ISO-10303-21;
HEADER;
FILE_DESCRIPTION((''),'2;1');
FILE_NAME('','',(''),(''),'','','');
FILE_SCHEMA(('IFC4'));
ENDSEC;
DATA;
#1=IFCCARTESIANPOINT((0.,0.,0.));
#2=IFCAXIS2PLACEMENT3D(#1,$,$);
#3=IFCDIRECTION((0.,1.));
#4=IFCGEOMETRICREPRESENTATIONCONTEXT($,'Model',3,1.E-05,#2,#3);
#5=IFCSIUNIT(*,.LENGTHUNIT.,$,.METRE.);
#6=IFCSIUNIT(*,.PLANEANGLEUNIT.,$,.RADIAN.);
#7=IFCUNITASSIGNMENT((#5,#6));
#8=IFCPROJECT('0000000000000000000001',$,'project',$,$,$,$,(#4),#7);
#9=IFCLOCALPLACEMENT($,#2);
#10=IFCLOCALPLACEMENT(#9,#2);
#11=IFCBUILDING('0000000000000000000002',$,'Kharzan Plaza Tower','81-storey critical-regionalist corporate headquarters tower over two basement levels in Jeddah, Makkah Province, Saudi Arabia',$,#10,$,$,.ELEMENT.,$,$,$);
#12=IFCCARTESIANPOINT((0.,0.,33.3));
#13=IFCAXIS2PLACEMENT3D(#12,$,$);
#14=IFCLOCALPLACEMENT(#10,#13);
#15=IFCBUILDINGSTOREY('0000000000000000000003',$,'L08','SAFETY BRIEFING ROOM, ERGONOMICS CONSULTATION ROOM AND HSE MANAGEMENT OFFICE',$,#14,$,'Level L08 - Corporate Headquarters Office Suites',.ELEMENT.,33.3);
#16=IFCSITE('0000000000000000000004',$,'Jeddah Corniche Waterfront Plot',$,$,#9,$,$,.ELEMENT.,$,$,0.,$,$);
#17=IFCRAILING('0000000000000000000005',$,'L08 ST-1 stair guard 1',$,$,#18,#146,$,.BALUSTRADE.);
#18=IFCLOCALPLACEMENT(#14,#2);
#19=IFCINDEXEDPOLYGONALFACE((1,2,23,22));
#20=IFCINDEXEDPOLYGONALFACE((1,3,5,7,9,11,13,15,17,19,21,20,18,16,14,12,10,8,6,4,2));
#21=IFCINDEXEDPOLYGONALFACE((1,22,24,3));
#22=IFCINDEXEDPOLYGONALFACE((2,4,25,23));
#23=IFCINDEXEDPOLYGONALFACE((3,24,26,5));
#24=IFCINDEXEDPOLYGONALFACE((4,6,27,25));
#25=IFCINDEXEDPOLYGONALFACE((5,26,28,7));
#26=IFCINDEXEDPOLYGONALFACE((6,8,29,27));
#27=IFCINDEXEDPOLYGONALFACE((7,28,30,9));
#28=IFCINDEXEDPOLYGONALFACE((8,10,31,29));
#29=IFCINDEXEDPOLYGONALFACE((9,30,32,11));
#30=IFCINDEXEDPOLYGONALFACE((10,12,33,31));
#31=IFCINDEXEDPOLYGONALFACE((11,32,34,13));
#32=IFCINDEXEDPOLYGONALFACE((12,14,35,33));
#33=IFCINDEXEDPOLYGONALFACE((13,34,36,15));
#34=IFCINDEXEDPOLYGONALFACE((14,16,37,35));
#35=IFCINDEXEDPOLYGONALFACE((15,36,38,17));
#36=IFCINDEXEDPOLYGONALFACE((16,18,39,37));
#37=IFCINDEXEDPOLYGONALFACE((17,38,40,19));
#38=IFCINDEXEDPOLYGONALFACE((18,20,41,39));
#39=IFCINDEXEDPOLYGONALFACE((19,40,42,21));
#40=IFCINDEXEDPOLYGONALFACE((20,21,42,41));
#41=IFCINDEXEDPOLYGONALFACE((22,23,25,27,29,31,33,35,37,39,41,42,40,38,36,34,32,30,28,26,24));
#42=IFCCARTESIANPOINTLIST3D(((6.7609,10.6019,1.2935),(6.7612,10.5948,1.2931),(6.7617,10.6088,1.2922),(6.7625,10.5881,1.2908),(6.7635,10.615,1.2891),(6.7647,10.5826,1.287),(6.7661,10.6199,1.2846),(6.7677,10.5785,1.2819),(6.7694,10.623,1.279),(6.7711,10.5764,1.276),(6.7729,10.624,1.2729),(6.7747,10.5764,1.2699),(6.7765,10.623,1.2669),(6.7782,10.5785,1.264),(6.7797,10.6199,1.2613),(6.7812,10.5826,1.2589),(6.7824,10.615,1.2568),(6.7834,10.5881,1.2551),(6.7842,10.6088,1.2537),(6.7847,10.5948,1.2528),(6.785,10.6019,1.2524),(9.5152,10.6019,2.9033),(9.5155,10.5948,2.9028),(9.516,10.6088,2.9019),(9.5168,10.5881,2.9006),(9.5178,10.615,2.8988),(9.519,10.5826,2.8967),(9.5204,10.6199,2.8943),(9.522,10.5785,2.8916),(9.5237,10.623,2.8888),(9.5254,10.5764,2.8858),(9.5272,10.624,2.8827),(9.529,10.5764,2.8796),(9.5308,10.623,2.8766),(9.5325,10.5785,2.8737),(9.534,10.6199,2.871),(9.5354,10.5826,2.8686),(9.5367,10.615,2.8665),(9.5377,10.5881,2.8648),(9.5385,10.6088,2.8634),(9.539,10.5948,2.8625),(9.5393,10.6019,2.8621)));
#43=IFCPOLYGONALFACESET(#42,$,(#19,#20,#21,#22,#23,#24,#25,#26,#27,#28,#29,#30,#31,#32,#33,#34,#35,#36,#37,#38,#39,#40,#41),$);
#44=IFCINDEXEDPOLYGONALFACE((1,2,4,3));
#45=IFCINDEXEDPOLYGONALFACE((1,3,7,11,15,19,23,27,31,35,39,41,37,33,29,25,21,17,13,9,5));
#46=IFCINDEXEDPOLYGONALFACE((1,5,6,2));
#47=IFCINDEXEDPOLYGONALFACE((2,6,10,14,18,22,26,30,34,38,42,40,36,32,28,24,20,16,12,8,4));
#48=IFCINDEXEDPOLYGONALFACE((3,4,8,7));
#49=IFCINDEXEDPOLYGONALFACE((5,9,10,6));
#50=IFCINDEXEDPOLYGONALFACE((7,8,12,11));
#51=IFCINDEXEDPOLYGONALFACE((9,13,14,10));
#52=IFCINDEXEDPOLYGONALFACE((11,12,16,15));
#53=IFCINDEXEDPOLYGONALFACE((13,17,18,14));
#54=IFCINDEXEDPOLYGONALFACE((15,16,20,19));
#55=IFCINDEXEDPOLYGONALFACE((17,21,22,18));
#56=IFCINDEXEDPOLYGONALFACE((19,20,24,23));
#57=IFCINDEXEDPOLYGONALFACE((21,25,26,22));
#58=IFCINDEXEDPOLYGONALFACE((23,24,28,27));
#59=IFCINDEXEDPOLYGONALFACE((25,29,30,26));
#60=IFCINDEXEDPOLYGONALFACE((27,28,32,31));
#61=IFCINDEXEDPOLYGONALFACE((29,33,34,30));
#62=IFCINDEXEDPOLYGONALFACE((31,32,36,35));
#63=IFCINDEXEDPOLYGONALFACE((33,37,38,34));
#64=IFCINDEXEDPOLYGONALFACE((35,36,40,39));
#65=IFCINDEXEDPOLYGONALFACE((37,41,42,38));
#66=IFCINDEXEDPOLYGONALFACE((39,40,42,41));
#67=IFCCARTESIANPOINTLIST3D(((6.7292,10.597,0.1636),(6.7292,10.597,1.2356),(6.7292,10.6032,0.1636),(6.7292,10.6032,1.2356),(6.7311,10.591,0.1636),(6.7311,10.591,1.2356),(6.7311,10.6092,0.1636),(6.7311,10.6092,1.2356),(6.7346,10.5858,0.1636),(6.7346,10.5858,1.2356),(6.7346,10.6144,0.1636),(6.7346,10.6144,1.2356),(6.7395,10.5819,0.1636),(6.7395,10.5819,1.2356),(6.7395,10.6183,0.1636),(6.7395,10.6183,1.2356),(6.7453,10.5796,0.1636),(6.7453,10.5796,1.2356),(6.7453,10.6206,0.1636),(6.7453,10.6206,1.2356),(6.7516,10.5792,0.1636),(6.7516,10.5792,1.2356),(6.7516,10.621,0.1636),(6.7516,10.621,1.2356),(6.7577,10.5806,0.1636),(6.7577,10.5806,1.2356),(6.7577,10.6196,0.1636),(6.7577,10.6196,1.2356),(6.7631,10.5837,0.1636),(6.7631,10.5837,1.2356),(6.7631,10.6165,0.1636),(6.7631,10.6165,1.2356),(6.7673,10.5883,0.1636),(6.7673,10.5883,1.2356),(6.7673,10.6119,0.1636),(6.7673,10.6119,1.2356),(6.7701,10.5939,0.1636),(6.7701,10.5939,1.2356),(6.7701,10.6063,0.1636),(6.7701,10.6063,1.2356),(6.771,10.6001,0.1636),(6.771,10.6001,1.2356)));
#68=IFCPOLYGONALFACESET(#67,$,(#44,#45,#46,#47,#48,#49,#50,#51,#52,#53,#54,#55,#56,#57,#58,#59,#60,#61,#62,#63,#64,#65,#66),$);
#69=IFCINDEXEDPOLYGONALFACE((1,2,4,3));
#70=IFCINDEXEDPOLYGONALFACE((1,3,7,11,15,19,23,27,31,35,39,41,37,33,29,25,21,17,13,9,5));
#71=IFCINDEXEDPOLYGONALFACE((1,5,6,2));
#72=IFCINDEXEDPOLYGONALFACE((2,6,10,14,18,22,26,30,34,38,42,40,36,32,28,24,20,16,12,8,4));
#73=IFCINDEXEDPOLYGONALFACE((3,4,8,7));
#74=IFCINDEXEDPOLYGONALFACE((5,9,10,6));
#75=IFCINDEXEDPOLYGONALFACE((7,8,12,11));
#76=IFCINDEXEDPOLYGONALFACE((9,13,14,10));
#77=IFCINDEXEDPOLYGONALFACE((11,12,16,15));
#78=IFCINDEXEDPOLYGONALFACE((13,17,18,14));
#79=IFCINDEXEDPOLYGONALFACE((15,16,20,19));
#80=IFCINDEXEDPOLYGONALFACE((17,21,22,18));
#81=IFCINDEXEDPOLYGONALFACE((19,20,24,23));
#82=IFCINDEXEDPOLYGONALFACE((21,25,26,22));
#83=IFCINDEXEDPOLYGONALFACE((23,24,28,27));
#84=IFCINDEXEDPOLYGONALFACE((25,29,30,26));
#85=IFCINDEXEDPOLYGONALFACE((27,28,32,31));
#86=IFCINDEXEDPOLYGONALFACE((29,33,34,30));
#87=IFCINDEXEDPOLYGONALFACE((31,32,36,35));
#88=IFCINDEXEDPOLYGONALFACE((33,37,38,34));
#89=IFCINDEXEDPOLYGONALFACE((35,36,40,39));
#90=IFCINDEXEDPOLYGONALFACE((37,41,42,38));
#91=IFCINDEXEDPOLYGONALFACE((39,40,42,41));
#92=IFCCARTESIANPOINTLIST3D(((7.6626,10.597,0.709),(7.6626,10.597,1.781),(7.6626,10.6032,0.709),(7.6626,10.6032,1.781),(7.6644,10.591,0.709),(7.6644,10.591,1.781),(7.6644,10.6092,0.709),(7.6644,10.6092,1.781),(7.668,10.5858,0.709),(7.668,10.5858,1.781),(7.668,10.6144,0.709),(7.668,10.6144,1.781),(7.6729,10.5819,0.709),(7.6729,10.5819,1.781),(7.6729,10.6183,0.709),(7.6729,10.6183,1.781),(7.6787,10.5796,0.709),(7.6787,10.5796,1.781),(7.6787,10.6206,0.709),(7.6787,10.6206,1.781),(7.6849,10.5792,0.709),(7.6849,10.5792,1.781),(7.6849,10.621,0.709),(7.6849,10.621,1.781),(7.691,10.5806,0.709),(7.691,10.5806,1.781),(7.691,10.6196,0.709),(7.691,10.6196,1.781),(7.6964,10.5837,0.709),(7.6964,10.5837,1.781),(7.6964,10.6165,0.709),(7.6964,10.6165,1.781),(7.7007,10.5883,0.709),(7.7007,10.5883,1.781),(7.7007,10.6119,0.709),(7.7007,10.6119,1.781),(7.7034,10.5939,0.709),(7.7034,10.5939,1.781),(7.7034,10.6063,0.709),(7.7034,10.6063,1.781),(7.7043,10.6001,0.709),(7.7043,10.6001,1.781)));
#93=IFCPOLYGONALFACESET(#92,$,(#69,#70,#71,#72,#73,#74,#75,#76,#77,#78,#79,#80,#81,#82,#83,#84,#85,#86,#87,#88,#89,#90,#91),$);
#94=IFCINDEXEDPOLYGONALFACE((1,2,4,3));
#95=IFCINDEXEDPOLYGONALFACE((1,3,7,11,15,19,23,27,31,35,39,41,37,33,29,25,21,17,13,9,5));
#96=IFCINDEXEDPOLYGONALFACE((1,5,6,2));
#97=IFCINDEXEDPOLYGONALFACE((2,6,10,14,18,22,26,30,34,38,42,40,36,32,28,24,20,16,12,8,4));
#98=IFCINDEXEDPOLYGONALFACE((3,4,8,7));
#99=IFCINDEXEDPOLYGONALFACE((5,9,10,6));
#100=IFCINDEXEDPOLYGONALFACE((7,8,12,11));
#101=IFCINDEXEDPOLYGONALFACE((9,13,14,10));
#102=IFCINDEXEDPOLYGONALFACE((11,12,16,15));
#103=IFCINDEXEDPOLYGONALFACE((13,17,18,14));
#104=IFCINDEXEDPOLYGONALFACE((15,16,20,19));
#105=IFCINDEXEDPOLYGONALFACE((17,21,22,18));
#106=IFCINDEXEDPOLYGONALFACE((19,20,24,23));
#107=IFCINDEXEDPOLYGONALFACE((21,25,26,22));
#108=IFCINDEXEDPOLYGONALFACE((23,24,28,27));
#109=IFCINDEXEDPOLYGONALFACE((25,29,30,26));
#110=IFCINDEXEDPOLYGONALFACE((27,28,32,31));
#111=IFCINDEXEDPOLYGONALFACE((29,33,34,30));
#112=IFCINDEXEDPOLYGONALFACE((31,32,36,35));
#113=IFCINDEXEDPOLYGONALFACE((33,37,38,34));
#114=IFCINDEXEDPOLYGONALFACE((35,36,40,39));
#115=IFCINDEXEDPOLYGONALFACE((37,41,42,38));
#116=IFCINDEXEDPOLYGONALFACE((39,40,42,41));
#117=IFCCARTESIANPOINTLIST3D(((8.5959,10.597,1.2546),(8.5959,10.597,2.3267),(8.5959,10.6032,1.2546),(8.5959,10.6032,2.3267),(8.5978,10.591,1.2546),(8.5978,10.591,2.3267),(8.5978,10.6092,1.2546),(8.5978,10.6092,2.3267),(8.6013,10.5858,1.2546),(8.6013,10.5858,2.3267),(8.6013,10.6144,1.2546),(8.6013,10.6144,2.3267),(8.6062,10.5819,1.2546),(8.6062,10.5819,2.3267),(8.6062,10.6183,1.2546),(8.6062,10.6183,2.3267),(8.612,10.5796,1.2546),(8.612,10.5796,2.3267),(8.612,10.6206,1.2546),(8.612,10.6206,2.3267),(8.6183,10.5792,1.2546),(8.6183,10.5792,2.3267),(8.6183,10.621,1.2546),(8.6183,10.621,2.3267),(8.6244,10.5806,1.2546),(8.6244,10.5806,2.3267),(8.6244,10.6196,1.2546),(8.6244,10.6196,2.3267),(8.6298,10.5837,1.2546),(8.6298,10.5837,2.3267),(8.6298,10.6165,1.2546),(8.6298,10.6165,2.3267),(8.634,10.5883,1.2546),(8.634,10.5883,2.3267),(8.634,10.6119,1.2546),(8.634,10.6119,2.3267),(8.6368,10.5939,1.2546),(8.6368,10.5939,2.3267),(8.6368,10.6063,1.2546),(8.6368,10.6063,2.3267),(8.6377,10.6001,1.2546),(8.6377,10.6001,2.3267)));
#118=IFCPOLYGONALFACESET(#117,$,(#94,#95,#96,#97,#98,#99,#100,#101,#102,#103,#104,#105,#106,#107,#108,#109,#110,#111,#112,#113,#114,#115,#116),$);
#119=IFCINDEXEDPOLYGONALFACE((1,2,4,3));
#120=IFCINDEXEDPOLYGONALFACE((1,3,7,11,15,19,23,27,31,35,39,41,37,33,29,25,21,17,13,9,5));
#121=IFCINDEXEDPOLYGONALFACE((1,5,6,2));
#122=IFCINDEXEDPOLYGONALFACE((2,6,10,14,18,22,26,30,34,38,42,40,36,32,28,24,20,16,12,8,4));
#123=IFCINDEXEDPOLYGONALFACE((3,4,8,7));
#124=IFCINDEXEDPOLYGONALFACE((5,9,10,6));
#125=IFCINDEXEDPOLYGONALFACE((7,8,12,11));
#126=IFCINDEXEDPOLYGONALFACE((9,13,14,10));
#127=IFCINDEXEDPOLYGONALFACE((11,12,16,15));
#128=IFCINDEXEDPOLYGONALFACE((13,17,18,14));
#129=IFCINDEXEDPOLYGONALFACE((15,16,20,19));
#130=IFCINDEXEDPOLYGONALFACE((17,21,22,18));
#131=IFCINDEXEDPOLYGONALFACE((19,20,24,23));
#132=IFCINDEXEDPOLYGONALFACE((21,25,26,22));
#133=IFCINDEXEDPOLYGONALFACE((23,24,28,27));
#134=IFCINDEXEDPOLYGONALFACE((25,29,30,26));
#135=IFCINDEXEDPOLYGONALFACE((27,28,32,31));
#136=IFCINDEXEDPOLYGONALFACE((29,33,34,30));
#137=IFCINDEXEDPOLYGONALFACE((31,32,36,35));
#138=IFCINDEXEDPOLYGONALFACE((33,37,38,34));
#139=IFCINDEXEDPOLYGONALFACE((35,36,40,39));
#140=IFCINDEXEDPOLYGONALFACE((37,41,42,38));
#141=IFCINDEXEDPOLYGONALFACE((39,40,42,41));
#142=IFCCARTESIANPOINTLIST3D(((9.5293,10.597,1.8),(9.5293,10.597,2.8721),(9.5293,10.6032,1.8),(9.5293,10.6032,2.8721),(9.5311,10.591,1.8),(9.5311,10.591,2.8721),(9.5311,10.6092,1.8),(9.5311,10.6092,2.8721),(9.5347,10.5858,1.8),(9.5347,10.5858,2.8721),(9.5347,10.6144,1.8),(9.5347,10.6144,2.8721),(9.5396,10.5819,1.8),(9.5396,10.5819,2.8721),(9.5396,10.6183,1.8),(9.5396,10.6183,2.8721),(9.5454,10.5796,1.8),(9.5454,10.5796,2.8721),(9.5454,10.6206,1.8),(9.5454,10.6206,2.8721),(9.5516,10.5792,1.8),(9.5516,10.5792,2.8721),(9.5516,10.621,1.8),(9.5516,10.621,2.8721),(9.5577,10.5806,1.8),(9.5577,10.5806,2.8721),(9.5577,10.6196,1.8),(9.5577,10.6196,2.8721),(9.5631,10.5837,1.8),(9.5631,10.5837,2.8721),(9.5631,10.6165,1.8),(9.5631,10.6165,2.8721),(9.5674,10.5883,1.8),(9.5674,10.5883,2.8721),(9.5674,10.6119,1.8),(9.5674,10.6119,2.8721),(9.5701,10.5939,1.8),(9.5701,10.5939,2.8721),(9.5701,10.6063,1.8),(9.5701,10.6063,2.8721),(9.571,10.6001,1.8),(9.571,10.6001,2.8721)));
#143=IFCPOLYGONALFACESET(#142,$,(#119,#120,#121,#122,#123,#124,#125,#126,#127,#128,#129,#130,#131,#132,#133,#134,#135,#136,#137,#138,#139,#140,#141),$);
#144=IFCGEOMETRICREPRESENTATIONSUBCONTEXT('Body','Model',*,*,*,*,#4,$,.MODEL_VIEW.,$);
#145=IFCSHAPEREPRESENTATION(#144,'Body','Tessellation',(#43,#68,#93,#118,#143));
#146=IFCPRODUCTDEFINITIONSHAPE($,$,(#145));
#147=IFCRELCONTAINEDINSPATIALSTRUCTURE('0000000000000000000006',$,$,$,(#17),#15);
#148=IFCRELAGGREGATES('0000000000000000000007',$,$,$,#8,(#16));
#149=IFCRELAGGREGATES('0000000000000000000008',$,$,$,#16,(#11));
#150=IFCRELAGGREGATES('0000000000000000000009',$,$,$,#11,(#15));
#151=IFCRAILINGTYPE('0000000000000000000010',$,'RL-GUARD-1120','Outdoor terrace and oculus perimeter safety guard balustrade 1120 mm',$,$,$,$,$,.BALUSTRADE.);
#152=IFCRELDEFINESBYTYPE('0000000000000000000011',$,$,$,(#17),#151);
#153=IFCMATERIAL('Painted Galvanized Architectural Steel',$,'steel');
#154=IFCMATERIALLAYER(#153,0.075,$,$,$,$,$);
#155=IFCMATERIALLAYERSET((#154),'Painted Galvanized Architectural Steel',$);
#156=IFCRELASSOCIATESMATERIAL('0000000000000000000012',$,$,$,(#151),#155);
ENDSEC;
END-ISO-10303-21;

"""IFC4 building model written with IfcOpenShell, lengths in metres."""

from ifc_helpers import new_model, si_unit, direction, frame, origin, origin_2d, place, context, subcontext, project, spatial, circle, extrude, source, transform, mapped, material, layer, layer_set, type_object, element, save


model = new_model("IFC4")

# Units and contexts
model_context = context("Model", 3, precision=1e-05, world=origin(), true_north=direction((0.0, 1.0)))
body_context = subcontext(model_context, "Body", "Model", "MODEL_VIEW")
ifc_project = project(units=[si_unit("LENGTHUNIT", "METRE"), si_unit("PLANEANGLEUNIT", "RADIAN")], contexts=[model_context])

# Site, building, storey
site_placement = place(None, origin())
site = spatial("IfcSite", under=ifc_project, at=site_placement, Name="Jeddah Corniche Waterfront Plot", CompositionType="ELEMENT", RefElevation=0.0)
building_placement = place(site_placement, origin())
building = spatial("IfcBuilding", under=site, at=building_placement, Name="Kharzan Plaza Tower", Description="81-storey critical-regionalist corporate headquarters tower over two basement levels in Jeddah, Makkah Province, Saudi Arabia", CompositionType="ELEMENT")
storey_placement = place(building_placement, frame((0.0, 0.0, 33.3)))
storey = spatial("IfcBuildingStorey", under=building, at=storey_placement, Name="L08", Description="SAFETY BRIEFING ROOM, ERGONOMICS CONSULTATION ROOM AND HSE MANAGEMENT OFFICE", LongName="Level L08 - Corporate Headquarters Office Suites", CompositionType="ELEMENT", Elevation=33.3)

# Railing
ifc_material_1 = material(Name="Painted Galvanized Architectural Steel", Category="steel")
ifc_layer_1 = layer(ifc_material_1, 0.075)
ifc_layer_set_1 = layer_set([ifc_layer_1], Name="Painted Galvanized Architectural Steel")
railing_type_1 = type_object("IfcRailingType", Name="RL-GUARD-1120", Description="Outdoor terrace and oculus perimeter safety guard balustrade 1120 mm", PredefinedType="BALUSTRADE", material=ifc_layer_set_1)
shared_shape_1 = source(origin(), body_context, "Body", "SweptSolid", [
    extrude(circle(Radius=0.0239, at=origin_2d()), frame((0.0229, 0.0, 1.1094), z_axis=(0.863361, 0.0, 0.504587), x_axis=(0.0, 1.0, 0.0)), (0.0, 0.0, 1.0), 3.1902),
    extrude(circle(Radius=0.021, at=origin_2d()), origin(), (0.0, 0.0, 1.0), 1.072),
    extrude(circle(Radius=0.021, at=origin_2d()), frame((0.9333, 0.0, 0.5454)), (0.0, 0.0, 1.0), 1.072),
    extrude(circle(Radius=0.021, at=origin_2d()), frame((1.8667, 0.0, 1.0911)), (0.0, 0.0, 1.0), 1.072),
    extrude(circle(Radius=0.021, at=origin_2d()), frame((2.8, 0.0, 1.6365)), (0.0, 0.0, 1.0), 1.072),
])
railing_1_placement = place(storey_placement, frame((6.75, 10.6001, 0.1636)))
element("IfcRailing", 1, at=railing_1_placement, inside=storey, type_object=railing_type_1, Name="L08 ST-1 stair guard 1", PredefinedType="BALUSTRADE", context=body_context, shape_type="MappedRepresentation", body=[
    mapped(shared_shape_1, transform((0.0, 0.0, 0.0), x_axis=(1.0, 0.0, 0.0), y_axis=(0.0, 1.0, 0.0), z_axis=(0.0, 0.0, 1.0))),
])

save(model, "model.ifc")
